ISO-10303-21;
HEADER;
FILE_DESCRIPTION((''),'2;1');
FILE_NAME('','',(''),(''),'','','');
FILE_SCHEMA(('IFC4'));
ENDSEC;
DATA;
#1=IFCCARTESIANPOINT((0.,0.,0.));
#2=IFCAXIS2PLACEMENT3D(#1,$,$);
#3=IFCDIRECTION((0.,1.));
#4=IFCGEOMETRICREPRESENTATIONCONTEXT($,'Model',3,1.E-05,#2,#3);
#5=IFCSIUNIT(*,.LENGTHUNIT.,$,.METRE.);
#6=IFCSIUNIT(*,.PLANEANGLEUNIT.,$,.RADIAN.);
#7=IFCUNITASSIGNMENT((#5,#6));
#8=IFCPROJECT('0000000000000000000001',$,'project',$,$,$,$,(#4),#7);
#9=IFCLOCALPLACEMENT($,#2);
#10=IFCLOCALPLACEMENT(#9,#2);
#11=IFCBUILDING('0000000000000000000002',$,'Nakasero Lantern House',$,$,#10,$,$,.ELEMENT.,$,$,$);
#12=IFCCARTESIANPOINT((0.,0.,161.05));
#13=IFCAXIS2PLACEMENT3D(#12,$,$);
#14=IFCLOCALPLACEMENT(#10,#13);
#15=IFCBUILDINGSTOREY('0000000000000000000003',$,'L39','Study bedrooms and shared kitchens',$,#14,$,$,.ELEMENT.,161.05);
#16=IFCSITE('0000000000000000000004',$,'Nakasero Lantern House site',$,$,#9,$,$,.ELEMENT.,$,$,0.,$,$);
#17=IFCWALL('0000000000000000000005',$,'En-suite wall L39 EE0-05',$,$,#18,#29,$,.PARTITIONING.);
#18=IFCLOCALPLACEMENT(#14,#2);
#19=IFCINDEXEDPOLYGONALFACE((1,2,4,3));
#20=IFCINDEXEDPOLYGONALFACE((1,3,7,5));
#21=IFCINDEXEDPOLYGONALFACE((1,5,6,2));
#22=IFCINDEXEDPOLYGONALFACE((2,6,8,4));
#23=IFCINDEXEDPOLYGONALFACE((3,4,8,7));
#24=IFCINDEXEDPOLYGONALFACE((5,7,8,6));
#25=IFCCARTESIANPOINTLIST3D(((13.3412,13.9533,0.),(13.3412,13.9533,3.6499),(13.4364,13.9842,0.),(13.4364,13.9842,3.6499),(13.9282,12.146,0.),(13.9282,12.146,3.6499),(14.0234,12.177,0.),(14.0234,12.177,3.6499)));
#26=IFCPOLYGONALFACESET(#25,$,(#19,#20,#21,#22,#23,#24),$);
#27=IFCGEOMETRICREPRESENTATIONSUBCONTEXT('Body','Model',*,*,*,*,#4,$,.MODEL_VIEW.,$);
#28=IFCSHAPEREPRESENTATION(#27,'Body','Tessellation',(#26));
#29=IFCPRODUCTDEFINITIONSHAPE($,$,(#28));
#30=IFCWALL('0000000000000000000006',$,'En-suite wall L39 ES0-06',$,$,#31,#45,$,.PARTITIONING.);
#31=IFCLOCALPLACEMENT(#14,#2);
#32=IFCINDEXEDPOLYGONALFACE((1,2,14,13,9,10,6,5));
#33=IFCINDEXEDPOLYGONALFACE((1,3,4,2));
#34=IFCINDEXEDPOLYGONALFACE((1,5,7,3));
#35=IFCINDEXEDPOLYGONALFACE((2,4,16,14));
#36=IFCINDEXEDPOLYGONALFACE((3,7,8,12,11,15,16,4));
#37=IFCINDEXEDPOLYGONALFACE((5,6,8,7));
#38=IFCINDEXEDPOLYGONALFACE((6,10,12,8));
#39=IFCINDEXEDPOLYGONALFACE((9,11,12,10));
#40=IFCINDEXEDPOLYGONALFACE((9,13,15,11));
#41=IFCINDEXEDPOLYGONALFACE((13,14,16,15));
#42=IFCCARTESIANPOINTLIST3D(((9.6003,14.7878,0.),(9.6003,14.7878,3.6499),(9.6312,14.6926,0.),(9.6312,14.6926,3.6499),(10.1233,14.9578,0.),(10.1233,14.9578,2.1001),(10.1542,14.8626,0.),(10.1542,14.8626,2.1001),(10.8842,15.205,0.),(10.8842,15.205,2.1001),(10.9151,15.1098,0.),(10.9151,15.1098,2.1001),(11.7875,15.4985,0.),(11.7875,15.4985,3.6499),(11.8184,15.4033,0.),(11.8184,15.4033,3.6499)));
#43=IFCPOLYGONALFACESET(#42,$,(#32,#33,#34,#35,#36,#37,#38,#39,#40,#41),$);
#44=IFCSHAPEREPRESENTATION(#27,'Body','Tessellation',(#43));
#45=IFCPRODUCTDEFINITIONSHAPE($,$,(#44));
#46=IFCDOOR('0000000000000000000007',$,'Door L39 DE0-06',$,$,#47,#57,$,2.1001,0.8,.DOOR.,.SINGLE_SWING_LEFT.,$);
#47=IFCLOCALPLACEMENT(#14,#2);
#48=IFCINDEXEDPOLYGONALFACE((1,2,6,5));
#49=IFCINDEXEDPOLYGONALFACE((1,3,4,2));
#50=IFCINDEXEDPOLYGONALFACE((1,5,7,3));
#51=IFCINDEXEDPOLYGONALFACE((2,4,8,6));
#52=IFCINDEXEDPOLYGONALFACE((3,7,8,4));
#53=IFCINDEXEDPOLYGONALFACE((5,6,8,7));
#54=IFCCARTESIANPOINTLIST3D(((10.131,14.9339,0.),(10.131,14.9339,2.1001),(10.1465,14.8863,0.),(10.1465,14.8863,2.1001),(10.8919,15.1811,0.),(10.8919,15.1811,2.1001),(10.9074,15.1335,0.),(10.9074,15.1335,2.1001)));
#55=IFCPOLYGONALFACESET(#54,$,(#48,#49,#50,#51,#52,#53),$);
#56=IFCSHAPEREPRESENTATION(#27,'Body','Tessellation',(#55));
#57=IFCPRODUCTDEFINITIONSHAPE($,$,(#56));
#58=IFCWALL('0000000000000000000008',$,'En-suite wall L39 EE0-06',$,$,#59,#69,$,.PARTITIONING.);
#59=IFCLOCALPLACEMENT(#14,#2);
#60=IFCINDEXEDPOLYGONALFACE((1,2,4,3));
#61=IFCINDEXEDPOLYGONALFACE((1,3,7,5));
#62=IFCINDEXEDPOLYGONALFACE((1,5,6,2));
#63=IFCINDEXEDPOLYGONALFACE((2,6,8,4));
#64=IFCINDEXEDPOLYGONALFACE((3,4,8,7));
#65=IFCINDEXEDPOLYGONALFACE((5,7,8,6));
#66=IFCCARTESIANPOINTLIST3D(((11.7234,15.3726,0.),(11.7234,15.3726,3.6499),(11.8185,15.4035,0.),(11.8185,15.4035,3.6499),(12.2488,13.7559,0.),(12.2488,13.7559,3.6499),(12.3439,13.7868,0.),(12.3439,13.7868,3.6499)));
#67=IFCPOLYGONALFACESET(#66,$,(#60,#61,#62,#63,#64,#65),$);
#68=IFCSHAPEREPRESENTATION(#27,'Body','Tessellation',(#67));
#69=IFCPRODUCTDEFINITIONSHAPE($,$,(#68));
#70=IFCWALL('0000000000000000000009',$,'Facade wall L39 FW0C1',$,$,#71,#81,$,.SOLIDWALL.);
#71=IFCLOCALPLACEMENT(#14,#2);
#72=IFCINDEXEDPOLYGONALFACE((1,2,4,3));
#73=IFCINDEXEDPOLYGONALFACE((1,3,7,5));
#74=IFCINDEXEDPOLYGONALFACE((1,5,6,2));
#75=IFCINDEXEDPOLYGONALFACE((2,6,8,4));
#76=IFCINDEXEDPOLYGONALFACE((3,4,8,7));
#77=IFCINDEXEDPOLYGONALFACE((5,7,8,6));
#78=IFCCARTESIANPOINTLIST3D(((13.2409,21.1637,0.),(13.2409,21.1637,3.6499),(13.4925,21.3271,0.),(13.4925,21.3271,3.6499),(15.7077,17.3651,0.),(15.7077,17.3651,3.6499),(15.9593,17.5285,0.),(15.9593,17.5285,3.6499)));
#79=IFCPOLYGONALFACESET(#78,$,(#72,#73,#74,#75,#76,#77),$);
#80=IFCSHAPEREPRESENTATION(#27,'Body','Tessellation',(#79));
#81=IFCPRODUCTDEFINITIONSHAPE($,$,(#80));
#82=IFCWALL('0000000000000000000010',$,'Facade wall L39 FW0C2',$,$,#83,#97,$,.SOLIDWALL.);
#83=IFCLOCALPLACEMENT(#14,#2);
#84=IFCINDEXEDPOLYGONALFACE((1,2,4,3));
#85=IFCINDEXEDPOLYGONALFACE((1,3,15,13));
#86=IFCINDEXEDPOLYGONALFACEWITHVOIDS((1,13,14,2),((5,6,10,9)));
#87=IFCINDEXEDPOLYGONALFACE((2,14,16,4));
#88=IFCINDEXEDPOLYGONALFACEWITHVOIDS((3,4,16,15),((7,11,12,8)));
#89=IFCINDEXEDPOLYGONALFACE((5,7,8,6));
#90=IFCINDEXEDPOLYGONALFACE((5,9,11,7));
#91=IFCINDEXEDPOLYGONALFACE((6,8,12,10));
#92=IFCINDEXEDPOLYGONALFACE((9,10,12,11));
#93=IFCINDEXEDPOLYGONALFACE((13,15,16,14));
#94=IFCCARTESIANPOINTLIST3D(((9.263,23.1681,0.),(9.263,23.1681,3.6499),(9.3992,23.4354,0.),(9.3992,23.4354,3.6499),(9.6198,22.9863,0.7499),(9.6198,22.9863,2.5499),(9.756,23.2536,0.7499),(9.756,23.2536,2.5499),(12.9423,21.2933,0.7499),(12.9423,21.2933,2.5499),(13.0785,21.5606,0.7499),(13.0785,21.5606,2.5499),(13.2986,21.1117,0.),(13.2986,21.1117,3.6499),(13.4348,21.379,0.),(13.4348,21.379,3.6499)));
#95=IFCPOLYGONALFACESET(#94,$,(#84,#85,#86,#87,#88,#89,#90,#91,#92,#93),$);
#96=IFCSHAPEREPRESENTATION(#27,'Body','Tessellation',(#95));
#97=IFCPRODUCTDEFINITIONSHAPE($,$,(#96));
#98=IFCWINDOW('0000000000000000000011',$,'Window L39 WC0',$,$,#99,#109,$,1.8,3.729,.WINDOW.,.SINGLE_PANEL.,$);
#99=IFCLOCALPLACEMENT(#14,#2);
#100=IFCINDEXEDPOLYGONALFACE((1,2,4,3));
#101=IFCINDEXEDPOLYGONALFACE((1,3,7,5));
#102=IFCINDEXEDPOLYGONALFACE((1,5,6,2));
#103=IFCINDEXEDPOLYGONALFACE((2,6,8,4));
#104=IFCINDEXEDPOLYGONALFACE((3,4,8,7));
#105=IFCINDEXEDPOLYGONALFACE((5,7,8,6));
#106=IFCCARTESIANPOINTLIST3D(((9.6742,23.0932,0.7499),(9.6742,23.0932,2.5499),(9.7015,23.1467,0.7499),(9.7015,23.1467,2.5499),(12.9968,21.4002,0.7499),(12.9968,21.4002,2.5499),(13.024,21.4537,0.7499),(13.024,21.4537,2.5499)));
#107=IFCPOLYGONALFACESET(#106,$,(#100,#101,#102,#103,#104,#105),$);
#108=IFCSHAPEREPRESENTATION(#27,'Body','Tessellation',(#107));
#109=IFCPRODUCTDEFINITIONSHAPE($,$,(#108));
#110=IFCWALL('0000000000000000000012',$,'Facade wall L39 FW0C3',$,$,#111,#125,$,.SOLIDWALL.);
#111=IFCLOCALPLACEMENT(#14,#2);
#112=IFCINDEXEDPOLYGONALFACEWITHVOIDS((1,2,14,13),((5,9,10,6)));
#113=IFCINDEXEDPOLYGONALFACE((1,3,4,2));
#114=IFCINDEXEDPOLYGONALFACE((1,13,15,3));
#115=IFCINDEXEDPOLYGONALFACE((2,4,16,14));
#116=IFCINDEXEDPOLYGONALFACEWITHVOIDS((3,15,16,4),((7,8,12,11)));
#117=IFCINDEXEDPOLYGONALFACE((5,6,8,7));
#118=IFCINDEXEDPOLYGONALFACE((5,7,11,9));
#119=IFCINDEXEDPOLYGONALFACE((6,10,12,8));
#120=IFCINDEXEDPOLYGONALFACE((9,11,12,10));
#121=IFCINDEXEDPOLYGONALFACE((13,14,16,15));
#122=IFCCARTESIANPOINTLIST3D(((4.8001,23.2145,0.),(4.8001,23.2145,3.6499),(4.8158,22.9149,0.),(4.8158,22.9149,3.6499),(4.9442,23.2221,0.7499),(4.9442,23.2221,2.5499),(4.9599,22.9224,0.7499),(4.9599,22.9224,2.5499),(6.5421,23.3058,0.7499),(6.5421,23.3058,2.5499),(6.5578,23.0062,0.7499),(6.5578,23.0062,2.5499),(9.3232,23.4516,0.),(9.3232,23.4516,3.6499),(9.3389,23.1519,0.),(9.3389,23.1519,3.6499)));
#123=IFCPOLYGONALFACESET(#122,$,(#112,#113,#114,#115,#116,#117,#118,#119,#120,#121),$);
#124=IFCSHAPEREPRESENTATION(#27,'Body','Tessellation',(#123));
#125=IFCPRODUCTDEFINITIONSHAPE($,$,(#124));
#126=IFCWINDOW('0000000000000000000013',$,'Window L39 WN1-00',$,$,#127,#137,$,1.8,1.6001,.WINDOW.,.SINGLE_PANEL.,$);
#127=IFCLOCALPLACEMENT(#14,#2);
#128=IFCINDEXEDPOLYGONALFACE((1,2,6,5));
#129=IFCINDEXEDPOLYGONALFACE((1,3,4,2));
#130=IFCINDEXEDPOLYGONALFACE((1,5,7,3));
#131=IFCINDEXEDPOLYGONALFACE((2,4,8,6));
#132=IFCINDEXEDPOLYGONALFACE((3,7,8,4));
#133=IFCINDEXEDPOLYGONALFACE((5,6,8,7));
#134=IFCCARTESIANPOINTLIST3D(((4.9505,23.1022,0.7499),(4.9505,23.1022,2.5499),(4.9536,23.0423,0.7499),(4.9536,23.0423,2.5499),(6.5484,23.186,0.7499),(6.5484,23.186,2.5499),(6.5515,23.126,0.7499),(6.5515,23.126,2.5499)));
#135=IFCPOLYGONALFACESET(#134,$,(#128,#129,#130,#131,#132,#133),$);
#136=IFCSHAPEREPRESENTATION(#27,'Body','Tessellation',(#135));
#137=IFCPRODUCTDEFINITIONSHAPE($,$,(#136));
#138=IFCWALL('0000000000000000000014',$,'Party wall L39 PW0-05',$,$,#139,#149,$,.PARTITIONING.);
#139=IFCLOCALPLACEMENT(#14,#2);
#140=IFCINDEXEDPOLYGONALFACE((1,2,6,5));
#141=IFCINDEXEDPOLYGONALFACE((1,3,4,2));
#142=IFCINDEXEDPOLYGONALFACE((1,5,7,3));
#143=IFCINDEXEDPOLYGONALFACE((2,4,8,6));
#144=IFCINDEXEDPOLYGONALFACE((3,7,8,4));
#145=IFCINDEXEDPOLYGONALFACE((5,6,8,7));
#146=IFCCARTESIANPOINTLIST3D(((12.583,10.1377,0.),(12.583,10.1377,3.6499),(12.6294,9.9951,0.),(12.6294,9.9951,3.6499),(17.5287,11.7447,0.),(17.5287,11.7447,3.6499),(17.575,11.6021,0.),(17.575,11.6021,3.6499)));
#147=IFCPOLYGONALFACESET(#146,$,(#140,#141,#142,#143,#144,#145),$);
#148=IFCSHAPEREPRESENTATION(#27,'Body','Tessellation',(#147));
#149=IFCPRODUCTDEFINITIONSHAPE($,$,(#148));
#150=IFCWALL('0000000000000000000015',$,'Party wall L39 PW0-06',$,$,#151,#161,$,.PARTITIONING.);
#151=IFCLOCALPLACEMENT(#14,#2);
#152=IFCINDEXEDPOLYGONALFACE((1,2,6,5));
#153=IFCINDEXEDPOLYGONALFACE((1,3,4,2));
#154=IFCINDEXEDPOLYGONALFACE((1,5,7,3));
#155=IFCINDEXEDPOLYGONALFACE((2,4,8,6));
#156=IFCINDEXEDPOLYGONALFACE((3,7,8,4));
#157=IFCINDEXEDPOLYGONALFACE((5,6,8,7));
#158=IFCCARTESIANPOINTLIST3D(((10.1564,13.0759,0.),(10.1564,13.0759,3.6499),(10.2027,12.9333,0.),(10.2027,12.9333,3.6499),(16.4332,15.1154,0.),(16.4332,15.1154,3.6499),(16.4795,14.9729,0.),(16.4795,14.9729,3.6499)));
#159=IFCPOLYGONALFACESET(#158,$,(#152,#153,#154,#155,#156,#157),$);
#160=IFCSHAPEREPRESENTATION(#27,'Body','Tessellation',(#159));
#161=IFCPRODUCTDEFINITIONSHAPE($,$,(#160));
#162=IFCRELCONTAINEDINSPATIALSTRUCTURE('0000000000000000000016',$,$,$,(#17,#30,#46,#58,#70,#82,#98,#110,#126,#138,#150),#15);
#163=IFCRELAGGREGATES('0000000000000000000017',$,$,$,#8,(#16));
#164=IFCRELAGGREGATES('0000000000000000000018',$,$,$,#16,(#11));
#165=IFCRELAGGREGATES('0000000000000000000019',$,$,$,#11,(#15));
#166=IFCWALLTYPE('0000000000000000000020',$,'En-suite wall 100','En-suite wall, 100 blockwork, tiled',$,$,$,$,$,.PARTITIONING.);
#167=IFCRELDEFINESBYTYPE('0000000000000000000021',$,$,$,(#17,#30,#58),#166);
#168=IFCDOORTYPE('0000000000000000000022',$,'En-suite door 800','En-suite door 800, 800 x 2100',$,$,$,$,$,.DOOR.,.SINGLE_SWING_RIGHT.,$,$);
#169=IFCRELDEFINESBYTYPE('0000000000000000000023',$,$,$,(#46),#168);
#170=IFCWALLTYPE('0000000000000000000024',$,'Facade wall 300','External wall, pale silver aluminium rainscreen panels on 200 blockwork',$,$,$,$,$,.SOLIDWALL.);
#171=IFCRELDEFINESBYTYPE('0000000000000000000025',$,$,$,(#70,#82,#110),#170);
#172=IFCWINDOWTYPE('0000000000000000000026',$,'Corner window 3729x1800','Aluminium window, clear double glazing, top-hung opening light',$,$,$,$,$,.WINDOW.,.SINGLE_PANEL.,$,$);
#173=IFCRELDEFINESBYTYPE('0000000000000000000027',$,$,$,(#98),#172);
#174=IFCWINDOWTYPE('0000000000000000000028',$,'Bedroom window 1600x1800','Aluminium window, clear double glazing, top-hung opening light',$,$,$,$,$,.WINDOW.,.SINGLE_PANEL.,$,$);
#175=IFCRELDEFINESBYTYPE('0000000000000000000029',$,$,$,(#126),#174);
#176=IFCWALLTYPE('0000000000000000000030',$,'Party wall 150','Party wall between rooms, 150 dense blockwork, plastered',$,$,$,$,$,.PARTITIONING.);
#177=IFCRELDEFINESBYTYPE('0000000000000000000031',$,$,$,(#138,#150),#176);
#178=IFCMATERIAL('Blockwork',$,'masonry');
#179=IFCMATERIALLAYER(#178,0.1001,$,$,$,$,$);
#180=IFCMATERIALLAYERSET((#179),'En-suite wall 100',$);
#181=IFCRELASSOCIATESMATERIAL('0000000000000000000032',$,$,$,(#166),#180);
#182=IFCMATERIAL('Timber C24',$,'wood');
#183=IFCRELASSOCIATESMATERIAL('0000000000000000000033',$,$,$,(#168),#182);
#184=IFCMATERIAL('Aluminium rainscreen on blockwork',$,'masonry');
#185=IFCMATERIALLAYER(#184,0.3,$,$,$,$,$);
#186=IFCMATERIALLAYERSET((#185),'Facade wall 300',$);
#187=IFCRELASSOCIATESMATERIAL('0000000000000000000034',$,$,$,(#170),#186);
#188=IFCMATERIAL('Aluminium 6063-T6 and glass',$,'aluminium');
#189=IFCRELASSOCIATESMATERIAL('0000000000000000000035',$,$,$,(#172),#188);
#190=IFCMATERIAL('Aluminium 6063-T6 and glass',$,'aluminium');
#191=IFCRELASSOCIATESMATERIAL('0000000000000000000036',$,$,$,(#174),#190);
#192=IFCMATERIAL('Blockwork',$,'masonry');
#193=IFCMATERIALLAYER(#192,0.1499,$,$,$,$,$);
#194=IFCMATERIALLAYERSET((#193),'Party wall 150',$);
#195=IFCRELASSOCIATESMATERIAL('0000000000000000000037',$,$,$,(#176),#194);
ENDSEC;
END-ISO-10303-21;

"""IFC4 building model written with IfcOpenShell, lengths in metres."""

from ifc_helpers import new_model, si_unit, direction, frame, frame_2d, origin, place, context, subcontext, project, spatial, rectangle, extrude, material, layer, layer_set, type_object, element, fill, save


model = new_model("IFC4")

# Units and contexts
model_context = context("Model", 3, precision=1e-05, world=origin(), true_north=direction((0.0, 1.0)))
body_context = subcontext(model_context, "Body", "Model", "MODEL_VIEW")
ifc_project = project(units=[si_unit("LENGTHUNIT", "METRE"), si_unit("PLANEANGLEUNIT", "RADIAN")], contexts=[model_context])

# Site, building, storey
site_placement = place(None, origin())
site = spatial("IfcSite", under=ifc_project, at=site_placement, Name="Nakasero Lantern House site", CompositionType="ELEMENT", RefElevation=0.0)
building_placement = place(site_placement, origin())
building = spatial("IfcBuilding", under=site, at=building_placement, Name="Nakasero Lantern House", CompositionType="ELEMENT")
storey_placement = place(building_placement, frame((0.0, 0.0, 161.05)))
storey = spatial("IfcBuildingStorey", under=building, at=storey_placement, Name="L39", Description="Study bedrooms and shared kitchens", CompositionType="ELEMENT", Elevation=161.05)

# Shared definitions
ifc_material_1 = material(Name="Blockwork", Category="masonry")
ifc_layer_1 = layer(ifc_material_1, 0.1001)
ifc_layer_set_1 = layer_set([ifc_layer_1], Name="En-suite wall 100")
wall_type_1 = type_object("IfcWallType", Name="En-suite wall 100", Description="En-suite wall, 100 blockwork, tiled", PredefinedType="PARTITIONING", material=ifc_layer_set_1)
ifc_material_2 = material(Name="Timber C24", Category="wood")
door_type_1 = type_object("IfcDoorType", Name="En-suite door 800", Description="En-suite door 800, 800 x 2100", OperationType="SINGLE_SWING_RIGHT", PredefinedType="DOOR", material=ifc_material_2)

# Wall
wall_1_placement = place(storey_placement, frame((13.9758, 12.1614, 0.0), z_axis=(0.0, 0.0, 1.0), x_axis=(-0.308894, 0.951096, 0.0)))
element("IfcWall", 1, at=wall_1_placement, inside=storey, type_object=wall_type_1, Name="En-suite wall L39 EE0-05", PredefinedType="PARTITIONING", context=body_context, shape_type="SweptSolid", body=[
    extrude(rectangle(XDim=1.9001, YDim=0.1001, at=frame_2d((0.9502, 0.0))), origin(), (0.0, 0.0, 1.0), 3.6499),
])

# Wall, opening, door
wall_2_placement = place(storey_placement, frame((9.6157, 14.7402, 0.0), z_axis=(0.0, 0.0, 1.0), x_axis=(0.951055, 0.309021, 0.0)))
wall_2 = element("IfcWall", 2, at=wall_2_placement, inside=storey, type_object=wall_type_1, Name="En-suite wall L39 ES0-06", PredefinedType="PARTITIONING", context=body_context, shape_type="SweptSolid", body=[
    extrude(rectangle(XDim=2.2998, YDim=0.1001, at=frame_2d((1.1499, 0.0))), origin(), (0.0, 0.0, 1.0), 3.6499),
])
opening_1_placement = place(wall_2_placement, frame((0.55, 0.0, 0.0)))
opening_1 = element("IfcOpeningElement", 3, at=opening_1_placement, cuts=wall_2, PredefinedType="OPENING", context=body_context, shape_type="SweptSolid", body=[
    extrude(rectangle(XDim=0.8, YDim=2.1001, at=frame_2d((0.3999, 1.05))), frame((0.0, 0.0701, 0.0), z_axis=(0.0, -1.0, 0.0), x_axis=(1.0, 0.0, 0.0)), (0.0, 0.0, 1.0), 0.1401),
])
door_1_placement = place(opening_1_placement, origin())
door_1 = element("IfcDoor", 4, at=door_1_placement, inside=storey, type_object=door_type_1, Name="Door L39 DE0-06", OperationType="SINGLE_SWING_LEFT", OverallHeight=2.1001, OverallWidth=0.8, PredefinedType="DOOR", context=body_context, shape_type="SweptSolid", body=[
    extrude(rectangle(XDim=0.8, YDim=2.1001, at=frame_2d((0.3999, 1.05))), frame((0.0, 0.0249, 0.0), z_axis=(0.0, -1.0, 0.0), x_axis=(1.0, 0.0, 0.0)), (0.0, 0.0, 1.0), 0.05),
])
fill(opening_1, door_1)

# Walls
wall_3_placement = place(storey_placement, frame((12.2964, 13.7712, 0.0), z_axis=(0.0, 0.0, 1.0), x_axis=(-0.309067, 0.95104, 0.0)))
element("IfcWall", 5, at=wall_3_placement, inside=storey, type_object=wall_type_1, Name="En-suite wall L39 EE0-06", PredefinedType="PARTITIONING", context=body_context, shape_type="SweptSolid", body=[
    extrude(rectangle(XDim=1.7, YDim=0.1001, at=frame_2d((0.8501, 0.0))), origin(), (0.0, 0.0, 1.0), 3.6499),
])
ifc_material_3 = material(Name="Aluminium rainscreen on blockwork", Category="masonry")
ifc_layer_2 = layer(ifc_material_3, 0.3)
ifc_layer_set_2 = layer_set([ifc_layer_2], Name="Facade wall 300")
wall_type_2 = type_object("IfcWallType", Name="Facade wall 300", Description="External wall, pale silver aluminium rainscreen panels on 200 blockwork", PredefinedType="SOLIDWALL", material=ifc_layer_set_2)
wall_4_placement = place(storey_placement, frame((15.8335, 17.4468, 0.0), z_axis=(0.0, 0.0, 1.0), x_axis=(-0.544634, 0.838674, 0.0)))
element("IfcWall", 6, at=wall_4_placement, inside=storey, type_object=wall_type_2, Name="Facade wall L39 FW0C1", PredefinedType="SOLIDWALL", context=body_context, shape_type="SweptSolid", body=[
    extrude(rectangle(XDim=4.5293, YDim=0.3, at=frame_2d((2.2646, 0.0))), origin(), (0.0, 0.0, 1.0), 3.6499),
])

# Walls, openings, windows
wall_5_placement = place(storey_placement, frame((13.3667, 21.2454, 0.0), z_axis=(0.0, 0.0, 1.0), x_axis=(-0.890995, 0.454014, 0.0)))
wall_5 = element("IfcWall", 7, at=wall_5_placement, inside=storey, type_object=wall_type_2, Name="Facade wall L39 FW0C2", PredefinedType="SOLIDWALL", context=body_context, shape_type="SweptSolid", body=[
    extrude(rectangle(XDim=4.5293, YDim=0.3, at=frame_2d((2.2646, 0.0))), origin(), (0.0, 0.0, 1.0), 3.6499),
])
opening_2_placement = place(wall_5_placement, frame((0.3999, 0.0, 0.75)))
opening_2 = element("IfcOpeningElement", 8, at=opening_2_placement, cuts=wall_5, PredefinedType="OPENING", context=body_context, shape_type="SweptSolid", body=[
    extrude(rectangle(XDim=3.729, YDim=1.8, at=frame_2d((1.8645, 0.8999))), frame((0.0, 0.1699, 0.0), z_axis=(0.0, -1.0, 0.0), x_axis=(1.0, 0.0, 0.0)), (0.0, 0.0, 1.0), 0.3401),
])
ifc_material_4 = material(Name="Aluminium 6063-T6 and glass", Category="aluminium")
window_type_1 = type_object("IfcWindowType", Name="Corner window 3729x1800", Description="Aluminium window, clear double glazing, top-hung opening light", PartitioningType="SINGLE_PANEL", PredefinedType="WINDOW", material=ifc_material_4)
window_1_placement = place(opening_2_placement, origin())
window_1 = element("IfcWindow", 9, at=window_1_placement, inside=storey, type_object=window_type_1, Name="Window L39 WC0", OverallHeight=1.8, OverallWidth=3.729, PartitioningType="SINGLE_PANEL", PredefinedType="WINDOW", context=body_context, shape_type="SweptSolid", body=[
    extrude(rectangle(XDim=3.729, YDim=1.8, at=frame_2d((1.8645, 0.8999))), frame((0.0, 0.03, 0.0), z_axis=(0.0, -1.0, 0.0), x_axis=(1.0, 0.0, 0.0)), (0.0, 0.0, 1.0), 0.0601),
])
fill(opening_2, window_1)
wall_6_placement = place(storey_placement, frame((9.3311, 23.3018, 0.0), z_axis=(0.0, 0.0, 1.0), x_axis=(-0.998629, -0.052338, 0.0)))
wall_6 = element("IfcWall", 10, at=wall_6_placement, inside=storey, type_object=wall_type_2, Name="Facade wall L39 FW0C3", PredefinedType="SOLIDWALL", context=body_context, shape_type="SweptSolid", body=[
    extrude(rectangle(XDim=4.5293, YDim=0.3, at=frame_2d((2.2646, 0.0))), origin(), (0.0, 0.0, 1.0), 3.6499),
])
opening_3_placement = place(wall_6_placement, frame((2.7849, 0.0, 0.75)))
opening_3 = element("IfcOpeningElement", 11, at=opening_3_placement, cuts=wall_6, PredefinedType="OPENING", context=body_context, shape_type="SweptSolid", body=[
    extrude(rectangle(XDim=1.6001, YDim=1.8, at=frame_2d((0.8, 0.8999))), frame((0.0, 0.1699, 0.0), z_axis=(0.0, -1.0, 0.0), x_axis=(1.0, 0.0, 0.0)), (0.0, 0.0, 1.0), 0.3401),
])
ifc_material_5 = material(Name="Aluminium 6063-T6 and glass", Category="aluminium")
window_type_2 = type_object("IfcWindowType", Name="Bedroom window 1600x1800", Description="Aluminium window, clear double glazing, top-hung opening light", PartitioningType="SINGLE_PANEL", PredefinedType="WINDOW", material=ifc_material_5)
window_2_placement = place(opening_3_placement, origin())
window_2 = element("IfcWindow", 12, at=window_2_placement, inside=storey, type_object=window_type_2, Name="Window L39 WN1-00", OverallHeight=1.8, OverallWidth=1.6001, PartitioningType="SINGLE_PANEL", PredefinedType="WINDOW", context=body_context, shape_type="SweptSolid", body=[
    extrude(rectangle(XDim=1.6001, YDim=1.8, at=frame_2d((0.8, 0.8999))), frame((0.0, 0.03, 0.0), z_axis=(0.0, -1.0, 0.0), x_axis=(1.0, 0.0, 0.0)), (0.0, 0.0, 1.0), 0.0601),
])
fill(opening_3, window_2)

# Walls
ifc_material_6 = material(Name="Blockwork", Category="masonry")
ifc_layer_3 = layer(ifc_material_6, 0.1499)
ifc_layer_set_3 = layer_set([ifc_layer_3], Name="Party wall 150")
wall_type_3 = type_object("IfcWallType", Name="Party wall 150", Description="Party wall between rooms, 150 dense blockwork, plastered", PredefinedType="PARTITIONING", material=ifc_layer_set_3)
wall_7_placement = place(storey_placement, frame((12.6062, 10.0664, 0.0), z_axis=(0.0, 0.0, 1.0), x_axis=(0.951055, 0.309021, 0.0)))
element("IfcWall", 13, at=wall_7_placement, inside=storey, type_object=wall_type_3, Name="Party wall L39 PW0-05", PredefinedType="PARTITIONING", context=body_context, shape_type="SweptSolid", body=[
    extrude(rectangle(XDim=5.2002, YDim=0.1499, at=frame_2d((2.6001, 0.0))), origin(), (0.0, 0.0, 1.0), 3.6499),
])
wall_8_placement = place(storey_placement, frame((10.1797, 13.0046, 0.0), z_axis=(0.0, 0.0, 1.0), x_axis=(0.951053, 0.309028, 0.0)))
element("IfcWall", 14, at=wall_8_placement, inside=storey, type_object=wall_type_3, Name="Party wall L39 PW0-06", PredefinedType="PARTITIONING", context=body_context, shape_type="SweptSolid", body=[
    extrude(rectangle(XDim=6.5999, YDim=0.1499, at=frame_2d((3.2998, 0.0))), origin(), (0.0, 0.0, 1.0), 3.6499),
])

save(model, "model.ifc")
